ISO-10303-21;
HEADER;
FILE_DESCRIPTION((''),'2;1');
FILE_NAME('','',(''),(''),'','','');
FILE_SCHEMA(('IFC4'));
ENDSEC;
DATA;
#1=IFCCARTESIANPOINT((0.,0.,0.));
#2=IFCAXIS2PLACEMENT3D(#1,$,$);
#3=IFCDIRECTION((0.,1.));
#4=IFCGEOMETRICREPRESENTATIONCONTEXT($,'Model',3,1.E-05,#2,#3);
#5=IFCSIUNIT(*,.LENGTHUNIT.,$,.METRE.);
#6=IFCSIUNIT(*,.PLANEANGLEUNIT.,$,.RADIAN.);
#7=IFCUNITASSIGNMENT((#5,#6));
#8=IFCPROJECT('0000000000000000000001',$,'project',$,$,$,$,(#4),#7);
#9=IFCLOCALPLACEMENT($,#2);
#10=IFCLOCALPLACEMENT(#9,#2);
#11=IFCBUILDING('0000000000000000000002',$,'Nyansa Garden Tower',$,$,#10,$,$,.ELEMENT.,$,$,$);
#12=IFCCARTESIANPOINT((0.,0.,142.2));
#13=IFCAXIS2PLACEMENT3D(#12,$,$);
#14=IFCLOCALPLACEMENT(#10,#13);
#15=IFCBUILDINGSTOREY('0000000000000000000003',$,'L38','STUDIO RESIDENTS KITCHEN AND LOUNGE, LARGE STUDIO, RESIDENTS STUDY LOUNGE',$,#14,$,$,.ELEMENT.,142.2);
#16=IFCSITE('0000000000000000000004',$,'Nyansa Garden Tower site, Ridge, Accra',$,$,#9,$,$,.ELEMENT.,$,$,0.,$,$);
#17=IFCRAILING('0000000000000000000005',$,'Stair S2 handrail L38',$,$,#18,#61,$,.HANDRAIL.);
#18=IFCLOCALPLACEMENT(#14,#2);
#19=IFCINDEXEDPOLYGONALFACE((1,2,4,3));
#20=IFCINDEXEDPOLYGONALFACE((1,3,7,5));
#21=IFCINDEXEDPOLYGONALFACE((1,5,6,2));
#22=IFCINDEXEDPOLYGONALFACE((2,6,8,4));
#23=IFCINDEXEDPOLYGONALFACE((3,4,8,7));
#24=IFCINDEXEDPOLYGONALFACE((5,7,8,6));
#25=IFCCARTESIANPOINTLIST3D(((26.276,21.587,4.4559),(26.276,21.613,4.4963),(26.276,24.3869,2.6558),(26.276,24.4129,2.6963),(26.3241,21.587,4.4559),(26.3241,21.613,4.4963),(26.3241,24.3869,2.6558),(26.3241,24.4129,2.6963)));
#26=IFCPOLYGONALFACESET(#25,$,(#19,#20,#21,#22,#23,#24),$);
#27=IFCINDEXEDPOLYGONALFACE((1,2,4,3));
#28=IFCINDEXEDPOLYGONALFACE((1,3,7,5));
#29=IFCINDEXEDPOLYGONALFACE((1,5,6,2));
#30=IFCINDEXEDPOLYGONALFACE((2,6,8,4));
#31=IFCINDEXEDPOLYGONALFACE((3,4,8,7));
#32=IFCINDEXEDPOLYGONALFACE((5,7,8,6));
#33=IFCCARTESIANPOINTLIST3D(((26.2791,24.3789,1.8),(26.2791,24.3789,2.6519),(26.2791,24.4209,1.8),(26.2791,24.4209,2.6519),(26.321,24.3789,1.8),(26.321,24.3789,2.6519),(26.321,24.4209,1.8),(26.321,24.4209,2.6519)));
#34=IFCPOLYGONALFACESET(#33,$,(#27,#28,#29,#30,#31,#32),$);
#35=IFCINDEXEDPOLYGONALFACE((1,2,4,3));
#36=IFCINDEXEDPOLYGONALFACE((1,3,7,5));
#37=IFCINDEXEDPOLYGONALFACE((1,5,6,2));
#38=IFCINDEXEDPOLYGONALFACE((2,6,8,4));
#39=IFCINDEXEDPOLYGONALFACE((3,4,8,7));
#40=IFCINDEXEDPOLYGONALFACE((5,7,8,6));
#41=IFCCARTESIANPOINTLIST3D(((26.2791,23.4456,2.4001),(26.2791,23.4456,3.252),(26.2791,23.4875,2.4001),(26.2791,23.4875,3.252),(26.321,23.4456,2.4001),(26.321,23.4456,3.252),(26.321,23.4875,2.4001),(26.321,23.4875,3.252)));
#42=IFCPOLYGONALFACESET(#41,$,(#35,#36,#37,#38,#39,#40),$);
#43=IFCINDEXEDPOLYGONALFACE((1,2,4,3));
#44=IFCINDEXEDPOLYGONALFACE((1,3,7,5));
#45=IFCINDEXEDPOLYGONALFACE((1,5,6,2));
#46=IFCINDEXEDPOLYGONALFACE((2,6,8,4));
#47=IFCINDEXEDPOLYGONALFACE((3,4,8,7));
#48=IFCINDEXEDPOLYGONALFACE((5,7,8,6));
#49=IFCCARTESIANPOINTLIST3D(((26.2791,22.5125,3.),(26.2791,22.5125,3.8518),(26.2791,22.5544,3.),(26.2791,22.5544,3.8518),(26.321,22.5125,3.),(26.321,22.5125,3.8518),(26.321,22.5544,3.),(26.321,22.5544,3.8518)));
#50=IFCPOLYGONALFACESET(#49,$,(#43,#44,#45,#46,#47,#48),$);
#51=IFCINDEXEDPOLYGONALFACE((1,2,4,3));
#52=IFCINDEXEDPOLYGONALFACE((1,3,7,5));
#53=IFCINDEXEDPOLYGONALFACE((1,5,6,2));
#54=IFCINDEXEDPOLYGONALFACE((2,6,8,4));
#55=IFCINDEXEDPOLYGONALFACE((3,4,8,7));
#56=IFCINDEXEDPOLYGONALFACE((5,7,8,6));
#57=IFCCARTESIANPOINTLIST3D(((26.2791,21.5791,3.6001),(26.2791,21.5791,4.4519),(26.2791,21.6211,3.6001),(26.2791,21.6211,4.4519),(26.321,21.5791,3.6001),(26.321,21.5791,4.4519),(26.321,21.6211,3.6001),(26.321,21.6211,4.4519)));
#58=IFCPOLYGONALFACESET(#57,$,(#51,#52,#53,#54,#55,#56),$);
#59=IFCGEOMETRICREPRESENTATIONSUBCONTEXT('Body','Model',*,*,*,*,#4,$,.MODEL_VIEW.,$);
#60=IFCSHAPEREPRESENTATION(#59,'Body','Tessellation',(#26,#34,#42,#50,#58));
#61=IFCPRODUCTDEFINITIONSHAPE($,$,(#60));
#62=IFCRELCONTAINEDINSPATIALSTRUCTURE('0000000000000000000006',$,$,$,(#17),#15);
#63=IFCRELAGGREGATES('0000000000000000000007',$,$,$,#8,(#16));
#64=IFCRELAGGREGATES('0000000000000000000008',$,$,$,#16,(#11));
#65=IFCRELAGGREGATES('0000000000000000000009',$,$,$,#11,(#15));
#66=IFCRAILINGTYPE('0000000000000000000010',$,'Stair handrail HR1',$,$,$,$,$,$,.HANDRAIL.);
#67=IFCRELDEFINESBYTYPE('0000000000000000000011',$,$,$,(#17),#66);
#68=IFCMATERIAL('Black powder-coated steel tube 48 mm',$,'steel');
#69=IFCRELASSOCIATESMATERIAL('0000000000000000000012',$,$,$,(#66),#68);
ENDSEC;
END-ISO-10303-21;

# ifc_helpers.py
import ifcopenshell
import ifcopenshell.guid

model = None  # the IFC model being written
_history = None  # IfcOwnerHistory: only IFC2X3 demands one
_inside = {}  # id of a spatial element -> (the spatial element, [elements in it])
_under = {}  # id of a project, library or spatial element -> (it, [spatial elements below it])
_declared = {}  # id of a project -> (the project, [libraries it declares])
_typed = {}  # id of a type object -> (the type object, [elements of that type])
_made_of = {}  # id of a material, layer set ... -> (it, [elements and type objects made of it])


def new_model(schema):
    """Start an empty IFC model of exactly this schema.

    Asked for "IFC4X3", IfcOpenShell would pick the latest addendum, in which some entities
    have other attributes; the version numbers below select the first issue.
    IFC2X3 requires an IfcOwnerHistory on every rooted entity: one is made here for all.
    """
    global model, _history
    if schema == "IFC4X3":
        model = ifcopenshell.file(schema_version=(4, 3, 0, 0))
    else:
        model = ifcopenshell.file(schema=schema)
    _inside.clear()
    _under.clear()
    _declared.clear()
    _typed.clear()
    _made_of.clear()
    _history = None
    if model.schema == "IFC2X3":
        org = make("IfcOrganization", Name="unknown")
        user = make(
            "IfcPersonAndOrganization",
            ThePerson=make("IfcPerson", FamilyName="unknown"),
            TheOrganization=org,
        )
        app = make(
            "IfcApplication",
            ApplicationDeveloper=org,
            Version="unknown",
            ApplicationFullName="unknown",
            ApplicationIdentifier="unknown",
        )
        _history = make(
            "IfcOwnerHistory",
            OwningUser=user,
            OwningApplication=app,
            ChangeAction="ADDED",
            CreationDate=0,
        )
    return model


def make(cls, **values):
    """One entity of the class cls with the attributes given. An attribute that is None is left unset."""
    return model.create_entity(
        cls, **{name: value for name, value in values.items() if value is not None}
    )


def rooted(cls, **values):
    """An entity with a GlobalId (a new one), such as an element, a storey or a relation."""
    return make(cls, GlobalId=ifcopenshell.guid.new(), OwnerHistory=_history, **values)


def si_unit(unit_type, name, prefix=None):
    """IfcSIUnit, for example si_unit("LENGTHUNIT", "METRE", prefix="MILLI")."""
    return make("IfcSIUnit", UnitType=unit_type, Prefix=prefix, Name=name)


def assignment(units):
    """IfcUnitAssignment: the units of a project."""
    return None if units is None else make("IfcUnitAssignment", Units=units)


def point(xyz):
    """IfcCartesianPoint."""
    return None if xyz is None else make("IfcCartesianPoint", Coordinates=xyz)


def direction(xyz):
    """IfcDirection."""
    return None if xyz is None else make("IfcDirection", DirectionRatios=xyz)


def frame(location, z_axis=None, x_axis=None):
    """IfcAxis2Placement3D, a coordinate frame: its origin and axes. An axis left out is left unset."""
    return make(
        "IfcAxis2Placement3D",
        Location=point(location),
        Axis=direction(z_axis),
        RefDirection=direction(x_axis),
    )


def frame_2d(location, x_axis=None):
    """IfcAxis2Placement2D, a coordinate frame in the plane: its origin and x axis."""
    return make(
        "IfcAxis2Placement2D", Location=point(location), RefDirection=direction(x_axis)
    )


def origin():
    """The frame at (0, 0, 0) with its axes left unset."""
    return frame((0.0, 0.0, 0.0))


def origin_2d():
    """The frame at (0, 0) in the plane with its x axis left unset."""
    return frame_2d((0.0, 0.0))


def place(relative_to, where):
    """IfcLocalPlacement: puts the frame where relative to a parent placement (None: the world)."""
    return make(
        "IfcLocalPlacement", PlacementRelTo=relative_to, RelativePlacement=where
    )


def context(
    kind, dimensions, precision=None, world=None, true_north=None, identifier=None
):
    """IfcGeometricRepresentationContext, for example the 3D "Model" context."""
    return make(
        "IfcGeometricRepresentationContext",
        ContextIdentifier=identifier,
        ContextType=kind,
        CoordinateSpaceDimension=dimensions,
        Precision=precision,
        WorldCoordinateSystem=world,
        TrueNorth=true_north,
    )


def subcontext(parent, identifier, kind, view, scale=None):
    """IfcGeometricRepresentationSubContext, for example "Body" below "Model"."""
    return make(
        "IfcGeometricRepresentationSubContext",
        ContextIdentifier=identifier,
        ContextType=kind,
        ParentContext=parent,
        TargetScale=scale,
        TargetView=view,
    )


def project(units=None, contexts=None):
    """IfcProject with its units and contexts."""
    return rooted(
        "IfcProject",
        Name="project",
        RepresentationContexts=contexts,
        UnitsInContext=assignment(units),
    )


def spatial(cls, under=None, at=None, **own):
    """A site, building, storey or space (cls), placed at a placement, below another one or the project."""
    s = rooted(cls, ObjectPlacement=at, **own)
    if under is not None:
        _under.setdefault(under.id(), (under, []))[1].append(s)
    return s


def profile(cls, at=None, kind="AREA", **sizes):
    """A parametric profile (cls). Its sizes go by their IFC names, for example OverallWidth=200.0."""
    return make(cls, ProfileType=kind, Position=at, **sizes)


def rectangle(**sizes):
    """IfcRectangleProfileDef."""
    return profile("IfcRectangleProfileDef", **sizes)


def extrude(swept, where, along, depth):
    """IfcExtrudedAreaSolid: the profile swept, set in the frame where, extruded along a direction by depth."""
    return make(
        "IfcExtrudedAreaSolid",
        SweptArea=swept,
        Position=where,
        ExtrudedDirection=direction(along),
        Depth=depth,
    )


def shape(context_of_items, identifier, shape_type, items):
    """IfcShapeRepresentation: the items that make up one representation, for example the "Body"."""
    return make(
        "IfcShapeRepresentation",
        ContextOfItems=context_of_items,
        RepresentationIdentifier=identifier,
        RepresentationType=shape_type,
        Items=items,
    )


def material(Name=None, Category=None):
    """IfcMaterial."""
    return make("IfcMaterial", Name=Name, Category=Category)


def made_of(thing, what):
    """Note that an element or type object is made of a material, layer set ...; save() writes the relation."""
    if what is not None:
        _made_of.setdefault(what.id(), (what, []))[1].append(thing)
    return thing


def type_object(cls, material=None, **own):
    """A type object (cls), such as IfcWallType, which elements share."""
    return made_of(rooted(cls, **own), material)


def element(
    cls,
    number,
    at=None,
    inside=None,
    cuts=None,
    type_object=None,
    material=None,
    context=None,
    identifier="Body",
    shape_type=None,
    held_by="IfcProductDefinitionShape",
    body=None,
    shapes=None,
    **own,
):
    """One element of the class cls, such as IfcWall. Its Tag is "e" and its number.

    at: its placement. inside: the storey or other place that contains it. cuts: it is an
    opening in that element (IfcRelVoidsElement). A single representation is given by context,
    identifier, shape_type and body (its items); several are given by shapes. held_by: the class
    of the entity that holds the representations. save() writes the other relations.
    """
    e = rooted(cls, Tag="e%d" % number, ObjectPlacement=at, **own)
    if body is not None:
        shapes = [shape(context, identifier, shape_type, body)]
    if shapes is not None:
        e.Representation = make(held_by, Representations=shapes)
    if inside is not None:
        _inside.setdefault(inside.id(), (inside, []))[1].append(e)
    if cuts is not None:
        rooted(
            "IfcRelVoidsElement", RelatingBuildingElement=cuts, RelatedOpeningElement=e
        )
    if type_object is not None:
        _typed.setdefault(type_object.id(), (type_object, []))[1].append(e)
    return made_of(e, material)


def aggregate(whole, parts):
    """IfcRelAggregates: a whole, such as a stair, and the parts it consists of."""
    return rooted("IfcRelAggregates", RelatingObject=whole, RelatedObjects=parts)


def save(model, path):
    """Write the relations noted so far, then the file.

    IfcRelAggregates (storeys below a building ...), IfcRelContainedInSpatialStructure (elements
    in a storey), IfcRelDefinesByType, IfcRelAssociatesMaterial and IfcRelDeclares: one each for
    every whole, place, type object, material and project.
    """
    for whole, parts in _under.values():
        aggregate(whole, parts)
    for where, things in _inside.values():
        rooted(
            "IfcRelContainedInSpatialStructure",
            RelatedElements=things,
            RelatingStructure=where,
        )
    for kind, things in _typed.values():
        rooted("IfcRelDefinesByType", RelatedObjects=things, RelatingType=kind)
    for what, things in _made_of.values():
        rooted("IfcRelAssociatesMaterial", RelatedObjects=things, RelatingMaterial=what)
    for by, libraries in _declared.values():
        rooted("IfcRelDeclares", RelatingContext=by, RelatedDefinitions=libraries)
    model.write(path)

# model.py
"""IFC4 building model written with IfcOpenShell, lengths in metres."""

from ifc_helpers import new_model, si_unit, direction, frame, origin, origin_2d, place, context, subcontext, project, spatial, rectangle, extrude, material, type_object, element, save


model = new_model("IFC4")

# Units and contexts
model_context = context("Model", 3, precision=1e-05, world=origin(), true_north=direction((0.0, 1.0)))
body_context = subcontext(model_context, "Body", "Model", "MODEL_VIEW")
ifc_project = project(units=[si_unit("LENGTHUNIT", "METRE"), si_unit("PLANEANGLEUNIT", "RADIAN")], contexts=[model_context])

# Site, building, storey
site_placement = place(None, origin())
site = spatial("IfcSite", under=ifc_project, at=site_placement, Name="Nyansa Garden Tower site, Ridge, Accra", CompositionType="ELEMENT", RefElevation=0.0)
building_placement = place(site_placement, origin())
building = spatial("IfcBuilding", under=site, at=building_placement, Name="Nyansa Garden Tower", CompositionType="ELEMENT")
storey_placement = place(building_placement, frame((0.0, 0.0, 142.2)))
storey = spatial("IfcBuildingStorey", under=building, at=storey_placement, Name="L38", Description="STUDIO RESIDENTS KITCHEN AND LOUNGE, LARGE STUDIO, RESIDENTS STUDY LOUNGE", CompositionType="ELEMENT", Elevation=142.2)

# Railing
ifc_material_1 = material(Name="Black powder-coated steel tube 48 mm", Category="steel")
railing_type = type_object("IfcRailingType", Name="Stair handrail HR1", PredefinedType="HANDRAIL", material=ifc_material_1)
railing_1_placement = place(storey_placement, frame((26.3, 24.3999, 1.8)))
element("IfcRailing", 1, at=railing_1_placement, inside=storey, type_object=railing_type, Name="Stair S2 handrail L38", PredefinedType="HANDRAIL", context=body_context, shape_type="SweptSolid", body=[
    extrude(rectangle(XDim=0.0481, YDim=0.0481, at=origin_2d()), frame((0.0, 0.0, 0.876), z_axis=(0.0, -0.841155, 0.540795), x_axis=(1.0, 0.0, 0.0)), (0.0, 0.0, 1.0), 3.3286),
    extrude(rectangle(XDim=0.042, YDim=0.042, at=origin_2d()), origin(), (0.0, 0.0, 1.0), 0.8518),
    extrude(rectangle(XDim=0.042, YDim=0.042, at=origin_2d()), frame((0.0, -0.9333, 0.6001)), (0.0, 0.0, 1.0), 0.8518),
    extrude(rectangle(XDim=0.042, YDim=0.042, at=origin_2d()), frame((0.0, -1.8665, 1.2)), (0.0, 0.0, 1.0), 0.8518),
    extrude(rectangle(XDim=0.042, YDim=0.042, at=origin_2d()), frame((0.0, -2.7998, 1.8)), (0.0, 0.0, 1.0), 0.8518),
])

save(model, "model.ifc")
